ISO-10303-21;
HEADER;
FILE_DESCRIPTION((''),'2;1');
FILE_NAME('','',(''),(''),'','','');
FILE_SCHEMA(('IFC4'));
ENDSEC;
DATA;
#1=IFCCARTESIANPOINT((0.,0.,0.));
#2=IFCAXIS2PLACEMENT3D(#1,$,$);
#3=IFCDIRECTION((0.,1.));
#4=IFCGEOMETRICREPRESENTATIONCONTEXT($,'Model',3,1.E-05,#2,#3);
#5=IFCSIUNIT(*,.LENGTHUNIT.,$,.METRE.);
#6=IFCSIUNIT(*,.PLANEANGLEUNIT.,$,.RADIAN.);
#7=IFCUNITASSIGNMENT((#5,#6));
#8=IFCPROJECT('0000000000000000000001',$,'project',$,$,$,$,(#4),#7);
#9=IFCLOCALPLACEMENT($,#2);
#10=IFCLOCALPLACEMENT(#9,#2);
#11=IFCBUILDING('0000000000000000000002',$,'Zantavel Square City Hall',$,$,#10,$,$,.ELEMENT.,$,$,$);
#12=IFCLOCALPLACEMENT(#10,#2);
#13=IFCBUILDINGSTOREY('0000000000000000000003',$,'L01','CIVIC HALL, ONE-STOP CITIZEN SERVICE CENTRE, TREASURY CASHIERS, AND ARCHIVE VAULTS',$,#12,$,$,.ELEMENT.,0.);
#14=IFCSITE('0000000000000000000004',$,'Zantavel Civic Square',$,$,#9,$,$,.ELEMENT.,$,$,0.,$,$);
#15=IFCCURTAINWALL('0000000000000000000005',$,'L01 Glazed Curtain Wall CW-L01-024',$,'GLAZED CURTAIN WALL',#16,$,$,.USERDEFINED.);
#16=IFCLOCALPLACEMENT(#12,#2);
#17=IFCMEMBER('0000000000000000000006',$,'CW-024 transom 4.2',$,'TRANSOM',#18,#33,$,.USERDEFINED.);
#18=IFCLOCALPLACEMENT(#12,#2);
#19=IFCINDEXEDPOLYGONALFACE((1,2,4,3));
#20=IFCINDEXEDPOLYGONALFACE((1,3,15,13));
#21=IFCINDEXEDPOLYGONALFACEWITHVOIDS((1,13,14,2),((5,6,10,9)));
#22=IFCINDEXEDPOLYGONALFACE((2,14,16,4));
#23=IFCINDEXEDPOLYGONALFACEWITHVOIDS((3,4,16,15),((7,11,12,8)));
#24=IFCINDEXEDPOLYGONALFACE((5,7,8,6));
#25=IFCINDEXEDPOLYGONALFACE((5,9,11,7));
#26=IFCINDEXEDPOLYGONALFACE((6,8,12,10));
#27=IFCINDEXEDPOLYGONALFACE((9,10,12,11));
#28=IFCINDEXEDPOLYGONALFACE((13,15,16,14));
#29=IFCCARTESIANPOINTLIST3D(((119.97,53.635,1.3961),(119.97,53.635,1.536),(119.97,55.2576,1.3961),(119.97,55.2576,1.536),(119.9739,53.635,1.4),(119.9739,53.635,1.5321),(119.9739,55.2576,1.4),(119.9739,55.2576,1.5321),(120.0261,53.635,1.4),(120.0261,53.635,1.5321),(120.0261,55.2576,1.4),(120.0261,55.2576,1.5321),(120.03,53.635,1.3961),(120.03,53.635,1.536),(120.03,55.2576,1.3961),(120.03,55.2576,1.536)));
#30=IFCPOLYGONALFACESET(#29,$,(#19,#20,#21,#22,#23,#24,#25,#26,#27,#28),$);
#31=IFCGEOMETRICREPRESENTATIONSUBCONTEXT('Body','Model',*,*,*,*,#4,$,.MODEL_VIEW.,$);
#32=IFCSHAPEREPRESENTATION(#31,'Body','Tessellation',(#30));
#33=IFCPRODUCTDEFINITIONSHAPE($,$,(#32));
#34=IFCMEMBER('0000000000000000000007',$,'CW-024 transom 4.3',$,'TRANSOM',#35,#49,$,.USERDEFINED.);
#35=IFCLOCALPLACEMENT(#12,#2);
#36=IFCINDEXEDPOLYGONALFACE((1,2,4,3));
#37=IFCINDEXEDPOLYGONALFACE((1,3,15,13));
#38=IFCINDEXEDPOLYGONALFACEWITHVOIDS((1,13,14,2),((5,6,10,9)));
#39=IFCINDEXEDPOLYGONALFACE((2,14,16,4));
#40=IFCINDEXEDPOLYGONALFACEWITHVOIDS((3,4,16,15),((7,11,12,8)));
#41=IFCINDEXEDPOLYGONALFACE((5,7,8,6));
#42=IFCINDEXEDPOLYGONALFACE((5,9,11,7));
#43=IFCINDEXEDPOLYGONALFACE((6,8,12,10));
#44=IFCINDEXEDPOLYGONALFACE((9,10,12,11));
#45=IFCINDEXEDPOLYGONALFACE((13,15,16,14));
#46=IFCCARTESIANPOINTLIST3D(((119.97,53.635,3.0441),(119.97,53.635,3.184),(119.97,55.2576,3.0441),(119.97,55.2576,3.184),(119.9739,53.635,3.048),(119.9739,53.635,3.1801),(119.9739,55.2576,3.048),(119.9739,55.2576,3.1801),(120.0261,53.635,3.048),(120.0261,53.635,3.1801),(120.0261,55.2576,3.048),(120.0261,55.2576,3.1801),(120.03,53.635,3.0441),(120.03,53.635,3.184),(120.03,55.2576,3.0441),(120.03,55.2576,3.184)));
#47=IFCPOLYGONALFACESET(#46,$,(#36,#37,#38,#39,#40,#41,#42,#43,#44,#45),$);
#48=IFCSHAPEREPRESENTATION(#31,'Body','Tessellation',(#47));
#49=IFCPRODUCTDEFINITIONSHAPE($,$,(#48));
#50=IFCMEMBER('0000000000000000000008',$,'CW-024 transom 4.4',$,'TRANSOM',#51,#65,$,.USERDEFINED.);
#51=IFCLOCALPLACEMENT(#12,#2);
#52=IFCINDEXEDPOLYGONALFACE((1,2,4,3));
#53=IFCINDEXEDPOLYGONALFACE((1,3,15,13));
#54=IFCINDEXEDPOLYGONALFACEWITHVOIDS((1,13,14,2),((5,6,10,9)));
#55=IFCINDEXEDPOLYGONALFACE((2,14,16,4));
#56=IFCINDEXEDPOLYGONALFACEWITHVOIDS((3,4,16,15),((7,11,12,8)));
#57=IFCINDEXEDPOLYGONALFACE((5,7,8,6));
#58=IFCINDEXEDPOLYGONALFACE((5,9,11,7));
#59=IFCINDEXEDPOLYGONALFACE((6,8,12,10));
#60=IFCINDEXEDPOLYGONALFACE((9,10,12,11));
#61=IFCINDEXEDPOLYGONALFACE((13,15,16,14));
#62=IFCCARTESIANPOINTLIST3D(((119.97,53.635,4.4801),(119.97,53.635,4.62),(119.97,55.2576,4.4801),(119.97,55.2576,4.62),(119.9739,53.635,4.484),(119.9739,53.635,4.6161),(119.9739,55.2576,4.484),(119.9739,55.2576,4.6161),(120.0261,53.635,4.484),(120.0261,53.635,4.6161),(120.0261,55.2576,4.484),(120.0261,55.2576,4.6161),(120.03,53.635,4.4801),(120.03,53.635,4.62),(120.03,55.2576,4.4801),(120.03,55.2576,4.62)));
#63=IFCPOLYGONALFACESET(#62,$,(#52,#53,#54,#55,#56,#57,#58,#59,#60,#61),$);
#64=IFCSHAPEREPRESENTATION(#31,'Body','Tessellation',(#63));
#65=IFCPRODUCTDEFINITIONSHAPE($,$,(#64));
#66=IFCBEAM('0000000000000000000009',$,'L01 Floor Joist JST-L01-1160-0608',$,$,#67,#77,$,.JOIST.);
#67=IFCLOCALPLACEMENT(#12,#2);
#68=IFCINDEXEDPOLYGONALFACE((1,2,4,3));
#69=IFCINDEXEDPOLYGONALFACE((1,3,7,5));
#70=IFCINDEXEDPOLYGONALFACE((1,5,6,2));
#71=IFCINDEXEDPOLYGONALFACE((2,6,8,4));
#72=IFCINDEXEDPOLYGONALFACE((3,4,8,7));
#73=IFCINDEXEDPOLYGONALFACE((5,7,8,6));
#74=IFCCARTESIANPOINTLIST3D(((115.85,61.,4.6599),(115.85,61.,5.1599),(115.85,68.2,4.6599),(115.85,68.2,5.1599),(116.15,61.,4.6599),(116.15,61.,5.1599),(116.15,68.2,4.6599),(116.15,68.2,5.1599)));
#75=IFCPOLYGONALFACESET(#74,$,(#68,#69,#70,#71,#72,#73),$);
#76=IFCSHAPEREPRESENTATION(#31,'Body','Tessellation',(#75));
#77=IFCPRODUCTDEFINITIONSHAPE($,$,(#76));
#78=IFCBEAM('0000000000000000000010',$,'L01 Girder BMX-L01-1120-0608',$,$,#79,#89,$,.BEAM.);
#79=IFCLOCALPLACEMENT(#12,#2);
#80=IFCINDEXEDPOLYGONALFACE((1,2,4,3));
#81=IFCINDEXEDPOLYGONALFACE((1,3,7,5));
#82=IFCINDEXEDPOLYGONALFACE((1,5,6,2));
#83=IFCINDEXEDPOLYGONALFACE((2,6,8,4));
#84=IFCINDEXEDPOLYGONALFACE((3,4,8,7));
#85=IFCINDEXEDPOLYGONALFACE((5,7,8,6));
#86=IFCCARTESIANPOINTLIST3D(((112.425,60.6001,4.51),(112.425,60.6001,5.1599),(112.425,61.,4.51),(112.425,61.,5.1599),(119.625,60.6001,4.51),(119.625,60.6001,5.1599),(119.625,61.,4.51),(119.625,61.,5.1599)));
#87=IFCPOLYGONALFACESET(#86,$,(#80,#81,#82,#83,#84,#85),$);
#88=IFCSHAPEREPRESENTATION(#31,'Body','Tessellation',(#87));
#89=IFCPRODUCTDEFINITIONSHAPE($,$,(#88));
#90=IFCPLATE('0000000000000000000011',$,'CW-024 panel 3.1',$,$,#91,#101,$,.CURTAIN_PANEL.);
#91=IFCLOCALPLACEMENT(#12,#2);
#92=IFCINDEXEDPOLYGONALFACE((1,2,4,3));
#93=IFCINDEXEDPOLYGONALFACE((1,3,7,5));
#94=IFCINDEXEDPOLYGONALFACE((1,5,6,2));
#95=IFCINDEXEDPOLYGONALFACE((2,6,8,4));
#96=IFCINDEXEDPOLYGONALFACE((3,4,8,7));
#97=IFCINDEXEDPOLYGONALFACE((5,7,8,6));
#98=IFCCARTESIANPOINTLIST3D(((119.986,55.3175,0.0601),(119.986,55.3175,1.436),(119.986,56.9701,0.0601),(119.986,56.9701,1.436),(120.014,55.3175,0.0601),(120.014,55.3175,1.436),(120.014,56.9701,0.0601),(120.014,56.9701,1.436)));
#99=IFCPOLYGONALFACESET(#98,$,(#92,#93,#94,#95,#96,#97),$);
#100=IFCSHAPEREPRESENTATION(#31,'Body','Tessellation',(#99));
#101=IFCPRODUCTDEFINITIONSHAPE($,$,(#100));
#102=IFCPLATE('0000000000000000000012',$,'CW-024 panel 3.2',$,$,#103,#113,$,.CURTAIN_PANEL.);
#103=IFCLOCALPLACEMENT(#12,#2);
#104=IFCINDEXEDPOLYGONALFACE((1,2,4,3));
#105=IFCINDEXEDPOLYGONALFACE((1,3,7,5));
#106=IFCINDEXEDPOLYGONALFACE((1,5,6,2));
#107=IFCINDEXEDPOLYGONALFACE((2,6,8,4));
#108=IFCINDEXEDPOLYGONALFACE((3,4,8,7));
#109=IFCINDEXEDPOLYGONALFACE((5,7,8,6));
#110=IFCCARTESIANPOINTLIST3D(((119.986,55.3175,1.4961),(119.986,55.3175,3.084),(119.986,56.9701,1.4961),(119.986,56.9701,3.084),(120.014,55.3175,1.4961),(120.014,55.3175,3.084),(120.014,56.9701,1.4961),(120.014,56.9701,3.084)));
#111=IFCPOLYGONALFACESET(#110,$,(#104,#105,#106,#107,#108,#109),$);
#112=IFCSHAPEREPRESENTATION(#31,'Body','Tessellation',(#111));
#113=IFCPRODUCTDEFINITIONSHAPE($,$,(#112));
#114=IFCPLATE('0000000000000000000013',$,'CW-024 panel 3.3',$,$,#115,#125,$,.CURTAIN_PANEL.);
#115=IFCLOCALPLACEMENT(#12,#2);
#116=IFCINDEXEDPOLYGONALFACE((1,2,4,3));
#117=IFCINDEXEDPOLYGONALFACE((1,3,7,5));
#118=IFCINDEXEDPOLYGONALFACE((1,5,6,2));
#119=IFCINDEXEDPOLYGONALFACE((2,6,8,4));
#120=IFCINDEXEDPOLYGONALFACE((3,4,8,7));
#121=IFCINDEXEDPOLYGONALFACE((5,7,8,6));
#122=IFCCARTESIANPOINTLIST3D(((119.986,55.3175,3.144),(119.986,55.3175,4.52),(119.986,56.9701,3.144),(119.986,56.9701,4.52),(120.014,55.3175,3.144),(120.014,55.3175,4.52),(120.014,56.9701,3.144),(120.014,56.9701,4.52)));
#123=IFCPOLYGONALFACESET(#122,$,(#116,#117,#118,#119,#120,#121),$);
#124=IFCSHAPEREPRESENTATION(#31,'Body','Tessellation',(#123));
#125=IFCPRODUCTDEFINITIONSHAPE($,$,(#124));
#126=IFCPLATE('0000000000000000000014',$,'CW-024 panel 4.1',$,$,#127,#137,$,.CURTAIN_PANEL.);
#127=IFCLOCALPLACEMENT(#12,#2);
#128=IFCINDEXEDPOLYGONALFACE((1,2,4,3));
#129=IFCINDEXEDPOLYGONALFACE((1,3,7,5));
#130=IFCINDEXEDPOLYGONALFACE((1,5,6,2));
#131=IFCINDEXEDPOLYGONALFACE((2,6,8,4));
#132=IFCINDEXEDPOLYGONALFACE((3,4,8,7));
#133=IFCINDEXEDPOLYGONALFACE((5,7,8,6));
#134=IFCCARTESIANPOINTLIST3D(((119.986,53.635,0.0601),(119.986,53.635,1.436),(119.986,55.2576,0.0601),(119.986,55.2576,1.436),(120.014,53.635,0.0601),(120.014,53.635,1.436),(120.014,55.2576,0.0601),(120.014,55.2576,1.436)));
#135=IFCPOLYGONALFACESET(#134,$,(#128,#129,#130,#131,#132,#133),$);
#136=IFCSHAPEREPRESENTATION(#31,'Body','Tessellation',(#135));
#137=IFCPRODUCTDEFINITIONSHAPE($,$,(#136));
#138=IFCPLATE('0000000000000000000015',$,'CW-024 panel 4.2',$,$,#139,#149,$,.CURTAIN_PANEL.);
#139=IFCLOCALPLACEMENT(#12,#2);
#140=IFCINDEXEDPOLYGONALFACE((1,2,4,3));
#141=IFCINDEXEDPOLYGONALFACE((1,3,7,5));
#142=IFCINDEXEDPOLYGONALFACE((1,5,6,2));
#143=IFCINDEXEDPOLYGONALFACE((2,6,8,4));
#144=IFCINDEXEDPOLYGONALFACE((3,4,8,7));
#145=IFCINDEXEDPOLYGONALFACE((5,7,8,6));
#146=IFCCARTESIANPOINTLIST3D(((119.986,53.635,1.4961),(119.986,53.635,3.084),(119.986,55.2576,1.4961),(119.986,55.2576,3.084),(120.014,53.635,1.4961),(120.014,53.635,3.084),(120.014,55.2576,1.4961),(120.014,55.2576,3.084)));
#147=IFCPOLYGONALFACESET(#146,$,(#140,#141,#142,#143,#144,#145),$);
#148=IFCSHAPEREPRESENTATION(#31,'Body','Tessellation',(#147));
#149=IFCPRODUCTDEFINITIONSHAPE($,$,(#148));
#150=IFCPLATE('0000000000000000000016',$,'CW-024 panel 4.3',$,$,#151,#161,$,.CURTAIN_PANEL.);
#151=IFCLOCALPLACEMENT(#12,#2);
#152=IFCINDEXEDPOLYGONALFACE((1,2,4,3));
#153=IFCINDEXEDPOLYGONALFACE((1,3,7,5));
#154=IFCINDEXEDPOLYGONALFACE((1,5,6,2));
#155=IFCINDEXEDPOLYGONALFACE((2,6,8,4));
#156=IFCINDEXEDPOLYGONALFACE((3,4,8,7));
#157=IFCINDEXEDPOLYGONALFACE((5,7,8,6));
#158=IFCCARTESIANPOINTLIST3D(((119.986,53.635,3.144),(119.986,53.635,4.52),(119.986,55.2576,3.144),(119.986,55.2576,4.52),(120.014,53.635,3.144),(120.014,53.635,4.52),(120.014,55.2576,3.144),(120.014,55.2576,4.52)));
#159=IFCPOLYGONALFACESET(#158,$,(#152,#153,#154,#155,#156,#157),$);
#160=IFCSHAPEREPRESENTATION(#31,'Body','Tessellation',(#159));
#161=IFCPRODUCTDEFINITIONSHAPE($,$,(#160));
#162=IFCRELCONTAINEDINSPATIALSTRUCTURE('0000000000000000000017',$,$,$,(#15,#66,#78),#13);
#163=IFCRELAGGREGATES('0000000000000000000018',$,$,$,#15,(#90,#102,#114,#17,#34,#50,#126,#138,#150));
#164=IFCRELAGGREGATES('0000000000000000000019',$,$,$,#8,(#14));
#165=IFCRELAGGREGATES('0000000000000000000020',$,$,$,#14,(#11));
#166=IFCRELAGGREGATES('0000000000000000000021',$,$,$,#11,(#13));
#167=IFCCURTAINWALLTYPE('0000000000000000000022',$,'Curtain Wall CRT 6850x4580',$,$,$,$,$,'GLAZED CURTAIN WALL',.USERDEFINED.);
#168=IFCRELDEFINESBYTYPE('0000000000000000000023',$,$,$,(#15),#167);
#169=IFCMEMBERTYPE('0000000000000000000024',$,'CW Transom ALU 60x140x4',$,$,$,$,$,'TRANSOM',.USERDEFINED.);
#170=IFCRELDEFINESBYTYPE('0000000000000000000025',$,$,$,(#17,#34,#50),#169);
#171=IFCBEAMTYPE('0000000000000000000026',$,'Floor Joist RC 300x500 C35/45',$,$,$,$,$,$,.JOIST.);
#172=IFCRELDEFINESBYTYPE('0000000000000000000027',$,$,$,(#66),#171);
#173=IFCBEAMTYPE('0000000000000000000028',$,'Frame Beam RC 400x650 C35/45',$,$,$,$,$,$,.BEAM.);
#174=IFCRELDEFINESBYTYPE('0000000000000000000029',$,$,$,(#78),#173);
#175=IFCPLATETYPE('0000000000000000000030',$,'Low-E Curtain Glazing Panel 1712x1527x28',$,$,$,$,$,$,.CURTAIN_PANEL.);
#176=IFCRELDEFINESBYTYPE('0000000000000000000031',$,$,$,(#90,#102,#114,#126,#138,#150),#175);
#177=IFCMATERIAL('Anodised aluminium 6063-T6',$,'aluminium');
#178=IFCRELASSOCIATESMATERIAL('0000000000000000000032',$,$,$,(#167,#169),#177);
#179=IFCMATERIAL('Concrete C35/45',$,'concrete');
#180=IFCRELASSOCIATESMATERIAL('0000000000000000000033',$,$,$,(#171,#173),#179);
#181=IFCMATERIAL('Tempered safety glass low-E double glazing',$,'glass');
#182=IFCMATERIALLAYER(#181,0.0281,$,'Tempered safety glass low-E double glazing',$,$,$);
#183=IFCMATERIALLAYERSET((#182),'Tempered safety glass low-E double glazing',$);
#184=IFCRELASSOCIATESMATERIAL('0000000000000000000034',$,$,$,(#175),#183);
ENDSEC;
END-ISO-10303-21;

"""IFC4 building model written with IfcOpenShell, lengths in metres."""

from ifc_helpers import new_model, si_unit, direction, frame, origin, origin_2d, place, context, subcontext, project, spatial, rectangle, hollow_rectangle, extrude, material, layer, layer_set, material_profile, profile_set, type_object, element, aggregate, save


model = new_model("IFC4")

# Units and contexts
model_context = context("Model", 3, precision=1e-05, world=origin(), true_north=direction((0.0, 1.0)))
body_context = subcontext(model_context, "Body", "Model", "MODEL_VIEW")
ifc_project = project(units=[si_unit("LENGTHUNIT", "METRE"), si_unit("PLANEANGLEUNIT", "RADIAN")], contexts=[model_context])

# Site, building, storey
site_placement = place(None, origin())
site = spatial("IfcSite", under=ifc_project, at=site_placement, Name="Zantavel Civic Square", CompositionType="ELEMENT", RefElevation=0.0)
building_placement = place(site_placement, origin())
building = spatial("IfcBuilding", under=site, at=building_placement, Name="Zantavel Square City Hall", CompositionType="ELEMENT")
storey_placement = place(building_placement, origin())
storey = spatial("IfcBuildingStorey", under=building, at=storey_placement, Name="L01", Description="CIVIC HALL, ONE-STOP CITIZEN SERVICE CENTRE, TREASURY CASHIERS, AND ARCHIVE VAULTS", CompositionType="ELEMENT", Elevation=0.0)

# Shared definitions
ifc_material_1 = material(Name="Concrete C35/45", Category="concrete")

# Curtain wall, members
ifc_material_2 = material(Name="Anodised aluminium 6063-T6", Category="aluminium")
curtain_wall_type = type_object("IfcCurtainWallType", Name="Curtain Wall CRT 6850x4580", ElementType="GLAZED CURTAIN WALL", PredefinedType="USERDEFINED", material=ifc_material_2)
curtain_wall_placement = place(storey_placement, origin())
curtain_wall = element("IfcCurtainWall", 1, at=curtain_wall_placement, inside=storey, type_object=curtain_wall_type, Name="L01 Glazed Curtain Wall CW-L01-024", ObjectType="GLAZED CURTAIN WALL", PredefinedType="USERDEFINED")
ifc_material_profile_1 = material_profile(ifc_material_2, hollow_rectangle(XDim=0.0601, YDim=0.1399, WallThickness=0.0039, at=origin_2d()), Name="ALU 60x140x4")
ifc_profile_set_1 = profile_set([ifc_material_profile_1], Name="Anodised aluminium 6063-T6")
member_type_1 = type_object("IfcMemberType", Name="CW Transom ALU 60x140x4", ElementType="TRANSOM", PredefinedType="USERDEFINED", material=ifc_profile_set_1)
member_1_placement = place(storey_placement, frame((120.0, 55.2576, 1.4661), z_axis=(0.0, -1.0, 0.0), x_axis=(1.0, 0.0, 0.0)))
member_1 = element("IfcMember", 2, at=member_1_placement, type_object=member_type_1, Name="CW-024 transom 4.2", ObjectType="TRANSOM", PredefinedType="USERDEFINED", context=body_context, shape_type="SweptSolid", body=[
    extrude(hollow_rectangle(XDim=0.0601, YDim=0.1399, WallThickness=0.0039, at=origin_2d()), origin(), (0.0, 0.0, 1.0), 1.6226),
])
member_2_placement = place(storey_placement, frame((120.0, 55.2576, 3.114), z_axis=(0.0, -1.0, 0.0), x_axis=(1.0, 0.0, 0.0)))
member_2 = element("IfcMember", 3, at=member_2_placement, type_object=member_type_1, Name="CW-024 transom 4.3", ObjectType="TRANSOM", PredefinedType="USERDEFINED", context=body_context, shape_type="SweptSolid", body=[
    extrude(hollow_rectangle(XDim=0.0601, YDim=0.1399, WallThickness=0.0039, at=origin_2d()), origin(), (0.0, 0.0, 1.0), 1.6226),
])
member_3_placement = place(storey_placement, frame((120.0, 55.2576, 4.55), z_axis=(0.0, -1.0, 0.0), x_axis=(1.0, 0.0, 0.0)))
member_3 = element("IfcMember", 4, at=member_3_placement, type_object=member_type_1, Name="CW-024 transom 4.4", ObjectType="TRANSOM", PredefinedType="USERDEFINED", context=body_context, shape_type="SweptSolid", body=[
    extrude(hollow_rectangle(XDim=0.0601, YDim=0.1399, WallThickness=0.0039, at=origin_2d()), origin(), (0.0, 0.0, 1.0), 1.6226),
])

# Beams
ifc_material_profile_2 = material_profile(ifc_material_1, rectangle(XDim=0.3, YDim=0.5, at=origin_2d()), Name="RC 300x500")
ifc_profile_set_2 = profile_set([ifc_material_profile_2], Name="Concrete C35/45")
beam_type_1 = type_object("IfcBeamType", Name="Floor Joist RC 300x500 C35/45", PredefinedType="JOIST", material=ifc_profile_set_2)
beam_1_placement = place(storey_placement, frame((116.0, 61.0, 4.9099), z_axis=(0.0, 1.0, 0.0), x_axis=(-1.0, 0.0, 0.0)))
element("IfcBeam", 5, at=beam_1_placement, inside=storey, type_object=beam_type_1, Name="L01 Floor Joist JST-L01-1160-0608", PredefinedType="JOIST", context=body_context, shape_type="SweptSolid", body=[
    extrude(rectangle(XDim=0.3, YDim=0.5, at=origin_2d()), origin(), (0.0, 0.0, 1.0), 7.2),
])
ifc_material_profile_3 = material_profile(ifc_material_1, rectangle(XDim=0.3999, YDim=0.6499, at=origin_2d()), Name="RC 400x650")
ifc_profile_set_3 = profile_set([ifc_material_profile_3], Name="Concrete C35/45")
beam_type_2 = type_object("IfcBeamType", Name="Frame Beam RC 400x650 C35/45", PredefinedType="BEAM", material=ifc_profile_set_3)
beam_2_placement = place(storey_placement, frame((112.425, 60.8, 4.835), z_axis=(1.0, 0.0, 0.0), x_axis=(0.0, 1.0, 0.0)))
element("IfcBeam", 6, at=beam_2_placement, inside=storey, type_object=beam_type_2, Name="L01 Girder BMX-L01-1120-0608", PredefinedType="BEAM", context=body_context, shape_type="SweptSolid", body=[
    extrude(rectangle(XDim=0.3999, YDim=0.6499, at=origin_2d()), origin(), (0.0, 0.0, 1.0), 7.2),
])

# Plates
ifc_material_3 = material(Name="Tempered safety glass low-E double glazing", Category="glass")
ifc_layer = layer(ifc_material_3, 0.0281, Name="Tempered safety glass low-E double glazing")
ifc_layer_set = layer_set([ifc_layer], Name="Tempered safety glass low-E double glazing")
plate_type = type_object("IfcPlateType", Name="Low-E Curtain Glazing Panel 1712x1527x28", PredefinedType="CURTAIN_PANEL", material=ifc_layer_set)
plate_1_placement = place(storey_placement, frame((120.0, 56.1438, 0.0601), z_axis=(0.0, 0.0, 1.0), x_axis=(0.0, -1.0, 0.0)))
plate_1 = element("IfcPlate", 7, at=plate_1_placement, type_object=plate_type, Name="CW-024 panel 3.1", PredefinedType="CURTAIN_PANEL", context=body_context, shape_type="SweptSolid", body=[
    extrude(rectangle(XDim=1.6526, YDim=0.0281, at=origin_2d()), origin(), (0.0, 0.0, 1.0), 1.376),
])
plate_2_placement = place(storey_placement, frame((120.0, 56.1438, 1.4961), z_axis=(0.0, 0.0, 1.0), x_axis=(0.0, -1.0, 0.0)))
plate_2 = element("IfcPlate", 8, at=plate_2_placement, type_object=plate_type, Name="CW-024 panel 3.2", PredefinedType="CURTAIN_PANEL", context=body_context, shape_type="SweptSolid", body=[
    extrude(rectangle(XDim=1.6526, YDim=0.0281, at=origin_2d()), origin(), (0.0, 0.0, 1.0), 1.5879),
])
plate_3_placement = place(storey_placement, frame((120.0, 56.1438, 3.144), z_axis=(0.0, 0.0, 1.0), x_axis=(0.0, -1.0, 0.0)))
plate_3 = element("IfcPlate", 9, at=plate_3_placement, type_object=plate_type, Name="CW-024 panel 3.3", PredefinedType="CURTAIN_PANEL", context=body_context, shape_type="SweptSolid", body=[
    extrude(rectangle(XDim=1.6526, YDim=0.0281, at=origin_2d()), origin(), (0.0, 0.0, 1.0), 1.376),
])
plate_4_placement = place(storey_placement, frame((120.0, 54.4463, 0.0601), z_axis=(0.0, 0.0, 1.0), x_axis=(0.0, -1.0, 0.0)))
plate_4 = element("IfcPlate", 10, at=plate_4_placement, type_object=plate_type, Name="CW-024 panel 4.1", PredefinedType="CURTAIN_PANEL", context=body_context, shape_type="SweptSolid", body=[
    extrude(rectangle(XDim=1.6226, YDim=0.0281, at=origin_2d()), origin(), (0.0, 0.0, 1.0), 1.376),
])
plate_5_placement = place(storey_placement, frame((120.0, 54.4463, 1.4961), z_axis=(0.0, 0.0, 1.0), x_axis=(0.0, -1.0, 0.0)))
plate_5 = element("IfcPlate", 11, at=plate_5_placement, type_object=plate_type, Name="CW-024 panel 4.2", PredefinedType="CURTAIN_PANEL", context=body_context, shape_type="SweptSolid", body=[
    extrude(rectangle(XDim=1.6226, YDim=0.0281, at=origin_2d()), origin(), (0.0, 0.0, 1.0), 1.5879),
])
plate_6_placement = place(storey_placement, frame((120.0, 54.4463, 3.144), z_axis=(0.0, 0.0, 1.0), x_axis=(0.0, -1.0, 0.0)))
plate_6 = element("IfcPlate", 12, at=plate_6_placement, type_object=plate_type, Name="CW-024 panel 4.3", PredefinedType="CURTAIN_PANEL", context=body_context, shape_type="SweptSolid", body=[
    extrude(rectangle(XDim=1.6226, YDim=0.0281, at=origin_2d()), origin(), (0.0, 0.0, 1.0), 1.376),
])
aggregate(curtain_wall, [plate_1, plate_2, plate_3, member_1, member_2, member_3, plate_4, plate_5, plate_6])

save(model, "model.ifc")
